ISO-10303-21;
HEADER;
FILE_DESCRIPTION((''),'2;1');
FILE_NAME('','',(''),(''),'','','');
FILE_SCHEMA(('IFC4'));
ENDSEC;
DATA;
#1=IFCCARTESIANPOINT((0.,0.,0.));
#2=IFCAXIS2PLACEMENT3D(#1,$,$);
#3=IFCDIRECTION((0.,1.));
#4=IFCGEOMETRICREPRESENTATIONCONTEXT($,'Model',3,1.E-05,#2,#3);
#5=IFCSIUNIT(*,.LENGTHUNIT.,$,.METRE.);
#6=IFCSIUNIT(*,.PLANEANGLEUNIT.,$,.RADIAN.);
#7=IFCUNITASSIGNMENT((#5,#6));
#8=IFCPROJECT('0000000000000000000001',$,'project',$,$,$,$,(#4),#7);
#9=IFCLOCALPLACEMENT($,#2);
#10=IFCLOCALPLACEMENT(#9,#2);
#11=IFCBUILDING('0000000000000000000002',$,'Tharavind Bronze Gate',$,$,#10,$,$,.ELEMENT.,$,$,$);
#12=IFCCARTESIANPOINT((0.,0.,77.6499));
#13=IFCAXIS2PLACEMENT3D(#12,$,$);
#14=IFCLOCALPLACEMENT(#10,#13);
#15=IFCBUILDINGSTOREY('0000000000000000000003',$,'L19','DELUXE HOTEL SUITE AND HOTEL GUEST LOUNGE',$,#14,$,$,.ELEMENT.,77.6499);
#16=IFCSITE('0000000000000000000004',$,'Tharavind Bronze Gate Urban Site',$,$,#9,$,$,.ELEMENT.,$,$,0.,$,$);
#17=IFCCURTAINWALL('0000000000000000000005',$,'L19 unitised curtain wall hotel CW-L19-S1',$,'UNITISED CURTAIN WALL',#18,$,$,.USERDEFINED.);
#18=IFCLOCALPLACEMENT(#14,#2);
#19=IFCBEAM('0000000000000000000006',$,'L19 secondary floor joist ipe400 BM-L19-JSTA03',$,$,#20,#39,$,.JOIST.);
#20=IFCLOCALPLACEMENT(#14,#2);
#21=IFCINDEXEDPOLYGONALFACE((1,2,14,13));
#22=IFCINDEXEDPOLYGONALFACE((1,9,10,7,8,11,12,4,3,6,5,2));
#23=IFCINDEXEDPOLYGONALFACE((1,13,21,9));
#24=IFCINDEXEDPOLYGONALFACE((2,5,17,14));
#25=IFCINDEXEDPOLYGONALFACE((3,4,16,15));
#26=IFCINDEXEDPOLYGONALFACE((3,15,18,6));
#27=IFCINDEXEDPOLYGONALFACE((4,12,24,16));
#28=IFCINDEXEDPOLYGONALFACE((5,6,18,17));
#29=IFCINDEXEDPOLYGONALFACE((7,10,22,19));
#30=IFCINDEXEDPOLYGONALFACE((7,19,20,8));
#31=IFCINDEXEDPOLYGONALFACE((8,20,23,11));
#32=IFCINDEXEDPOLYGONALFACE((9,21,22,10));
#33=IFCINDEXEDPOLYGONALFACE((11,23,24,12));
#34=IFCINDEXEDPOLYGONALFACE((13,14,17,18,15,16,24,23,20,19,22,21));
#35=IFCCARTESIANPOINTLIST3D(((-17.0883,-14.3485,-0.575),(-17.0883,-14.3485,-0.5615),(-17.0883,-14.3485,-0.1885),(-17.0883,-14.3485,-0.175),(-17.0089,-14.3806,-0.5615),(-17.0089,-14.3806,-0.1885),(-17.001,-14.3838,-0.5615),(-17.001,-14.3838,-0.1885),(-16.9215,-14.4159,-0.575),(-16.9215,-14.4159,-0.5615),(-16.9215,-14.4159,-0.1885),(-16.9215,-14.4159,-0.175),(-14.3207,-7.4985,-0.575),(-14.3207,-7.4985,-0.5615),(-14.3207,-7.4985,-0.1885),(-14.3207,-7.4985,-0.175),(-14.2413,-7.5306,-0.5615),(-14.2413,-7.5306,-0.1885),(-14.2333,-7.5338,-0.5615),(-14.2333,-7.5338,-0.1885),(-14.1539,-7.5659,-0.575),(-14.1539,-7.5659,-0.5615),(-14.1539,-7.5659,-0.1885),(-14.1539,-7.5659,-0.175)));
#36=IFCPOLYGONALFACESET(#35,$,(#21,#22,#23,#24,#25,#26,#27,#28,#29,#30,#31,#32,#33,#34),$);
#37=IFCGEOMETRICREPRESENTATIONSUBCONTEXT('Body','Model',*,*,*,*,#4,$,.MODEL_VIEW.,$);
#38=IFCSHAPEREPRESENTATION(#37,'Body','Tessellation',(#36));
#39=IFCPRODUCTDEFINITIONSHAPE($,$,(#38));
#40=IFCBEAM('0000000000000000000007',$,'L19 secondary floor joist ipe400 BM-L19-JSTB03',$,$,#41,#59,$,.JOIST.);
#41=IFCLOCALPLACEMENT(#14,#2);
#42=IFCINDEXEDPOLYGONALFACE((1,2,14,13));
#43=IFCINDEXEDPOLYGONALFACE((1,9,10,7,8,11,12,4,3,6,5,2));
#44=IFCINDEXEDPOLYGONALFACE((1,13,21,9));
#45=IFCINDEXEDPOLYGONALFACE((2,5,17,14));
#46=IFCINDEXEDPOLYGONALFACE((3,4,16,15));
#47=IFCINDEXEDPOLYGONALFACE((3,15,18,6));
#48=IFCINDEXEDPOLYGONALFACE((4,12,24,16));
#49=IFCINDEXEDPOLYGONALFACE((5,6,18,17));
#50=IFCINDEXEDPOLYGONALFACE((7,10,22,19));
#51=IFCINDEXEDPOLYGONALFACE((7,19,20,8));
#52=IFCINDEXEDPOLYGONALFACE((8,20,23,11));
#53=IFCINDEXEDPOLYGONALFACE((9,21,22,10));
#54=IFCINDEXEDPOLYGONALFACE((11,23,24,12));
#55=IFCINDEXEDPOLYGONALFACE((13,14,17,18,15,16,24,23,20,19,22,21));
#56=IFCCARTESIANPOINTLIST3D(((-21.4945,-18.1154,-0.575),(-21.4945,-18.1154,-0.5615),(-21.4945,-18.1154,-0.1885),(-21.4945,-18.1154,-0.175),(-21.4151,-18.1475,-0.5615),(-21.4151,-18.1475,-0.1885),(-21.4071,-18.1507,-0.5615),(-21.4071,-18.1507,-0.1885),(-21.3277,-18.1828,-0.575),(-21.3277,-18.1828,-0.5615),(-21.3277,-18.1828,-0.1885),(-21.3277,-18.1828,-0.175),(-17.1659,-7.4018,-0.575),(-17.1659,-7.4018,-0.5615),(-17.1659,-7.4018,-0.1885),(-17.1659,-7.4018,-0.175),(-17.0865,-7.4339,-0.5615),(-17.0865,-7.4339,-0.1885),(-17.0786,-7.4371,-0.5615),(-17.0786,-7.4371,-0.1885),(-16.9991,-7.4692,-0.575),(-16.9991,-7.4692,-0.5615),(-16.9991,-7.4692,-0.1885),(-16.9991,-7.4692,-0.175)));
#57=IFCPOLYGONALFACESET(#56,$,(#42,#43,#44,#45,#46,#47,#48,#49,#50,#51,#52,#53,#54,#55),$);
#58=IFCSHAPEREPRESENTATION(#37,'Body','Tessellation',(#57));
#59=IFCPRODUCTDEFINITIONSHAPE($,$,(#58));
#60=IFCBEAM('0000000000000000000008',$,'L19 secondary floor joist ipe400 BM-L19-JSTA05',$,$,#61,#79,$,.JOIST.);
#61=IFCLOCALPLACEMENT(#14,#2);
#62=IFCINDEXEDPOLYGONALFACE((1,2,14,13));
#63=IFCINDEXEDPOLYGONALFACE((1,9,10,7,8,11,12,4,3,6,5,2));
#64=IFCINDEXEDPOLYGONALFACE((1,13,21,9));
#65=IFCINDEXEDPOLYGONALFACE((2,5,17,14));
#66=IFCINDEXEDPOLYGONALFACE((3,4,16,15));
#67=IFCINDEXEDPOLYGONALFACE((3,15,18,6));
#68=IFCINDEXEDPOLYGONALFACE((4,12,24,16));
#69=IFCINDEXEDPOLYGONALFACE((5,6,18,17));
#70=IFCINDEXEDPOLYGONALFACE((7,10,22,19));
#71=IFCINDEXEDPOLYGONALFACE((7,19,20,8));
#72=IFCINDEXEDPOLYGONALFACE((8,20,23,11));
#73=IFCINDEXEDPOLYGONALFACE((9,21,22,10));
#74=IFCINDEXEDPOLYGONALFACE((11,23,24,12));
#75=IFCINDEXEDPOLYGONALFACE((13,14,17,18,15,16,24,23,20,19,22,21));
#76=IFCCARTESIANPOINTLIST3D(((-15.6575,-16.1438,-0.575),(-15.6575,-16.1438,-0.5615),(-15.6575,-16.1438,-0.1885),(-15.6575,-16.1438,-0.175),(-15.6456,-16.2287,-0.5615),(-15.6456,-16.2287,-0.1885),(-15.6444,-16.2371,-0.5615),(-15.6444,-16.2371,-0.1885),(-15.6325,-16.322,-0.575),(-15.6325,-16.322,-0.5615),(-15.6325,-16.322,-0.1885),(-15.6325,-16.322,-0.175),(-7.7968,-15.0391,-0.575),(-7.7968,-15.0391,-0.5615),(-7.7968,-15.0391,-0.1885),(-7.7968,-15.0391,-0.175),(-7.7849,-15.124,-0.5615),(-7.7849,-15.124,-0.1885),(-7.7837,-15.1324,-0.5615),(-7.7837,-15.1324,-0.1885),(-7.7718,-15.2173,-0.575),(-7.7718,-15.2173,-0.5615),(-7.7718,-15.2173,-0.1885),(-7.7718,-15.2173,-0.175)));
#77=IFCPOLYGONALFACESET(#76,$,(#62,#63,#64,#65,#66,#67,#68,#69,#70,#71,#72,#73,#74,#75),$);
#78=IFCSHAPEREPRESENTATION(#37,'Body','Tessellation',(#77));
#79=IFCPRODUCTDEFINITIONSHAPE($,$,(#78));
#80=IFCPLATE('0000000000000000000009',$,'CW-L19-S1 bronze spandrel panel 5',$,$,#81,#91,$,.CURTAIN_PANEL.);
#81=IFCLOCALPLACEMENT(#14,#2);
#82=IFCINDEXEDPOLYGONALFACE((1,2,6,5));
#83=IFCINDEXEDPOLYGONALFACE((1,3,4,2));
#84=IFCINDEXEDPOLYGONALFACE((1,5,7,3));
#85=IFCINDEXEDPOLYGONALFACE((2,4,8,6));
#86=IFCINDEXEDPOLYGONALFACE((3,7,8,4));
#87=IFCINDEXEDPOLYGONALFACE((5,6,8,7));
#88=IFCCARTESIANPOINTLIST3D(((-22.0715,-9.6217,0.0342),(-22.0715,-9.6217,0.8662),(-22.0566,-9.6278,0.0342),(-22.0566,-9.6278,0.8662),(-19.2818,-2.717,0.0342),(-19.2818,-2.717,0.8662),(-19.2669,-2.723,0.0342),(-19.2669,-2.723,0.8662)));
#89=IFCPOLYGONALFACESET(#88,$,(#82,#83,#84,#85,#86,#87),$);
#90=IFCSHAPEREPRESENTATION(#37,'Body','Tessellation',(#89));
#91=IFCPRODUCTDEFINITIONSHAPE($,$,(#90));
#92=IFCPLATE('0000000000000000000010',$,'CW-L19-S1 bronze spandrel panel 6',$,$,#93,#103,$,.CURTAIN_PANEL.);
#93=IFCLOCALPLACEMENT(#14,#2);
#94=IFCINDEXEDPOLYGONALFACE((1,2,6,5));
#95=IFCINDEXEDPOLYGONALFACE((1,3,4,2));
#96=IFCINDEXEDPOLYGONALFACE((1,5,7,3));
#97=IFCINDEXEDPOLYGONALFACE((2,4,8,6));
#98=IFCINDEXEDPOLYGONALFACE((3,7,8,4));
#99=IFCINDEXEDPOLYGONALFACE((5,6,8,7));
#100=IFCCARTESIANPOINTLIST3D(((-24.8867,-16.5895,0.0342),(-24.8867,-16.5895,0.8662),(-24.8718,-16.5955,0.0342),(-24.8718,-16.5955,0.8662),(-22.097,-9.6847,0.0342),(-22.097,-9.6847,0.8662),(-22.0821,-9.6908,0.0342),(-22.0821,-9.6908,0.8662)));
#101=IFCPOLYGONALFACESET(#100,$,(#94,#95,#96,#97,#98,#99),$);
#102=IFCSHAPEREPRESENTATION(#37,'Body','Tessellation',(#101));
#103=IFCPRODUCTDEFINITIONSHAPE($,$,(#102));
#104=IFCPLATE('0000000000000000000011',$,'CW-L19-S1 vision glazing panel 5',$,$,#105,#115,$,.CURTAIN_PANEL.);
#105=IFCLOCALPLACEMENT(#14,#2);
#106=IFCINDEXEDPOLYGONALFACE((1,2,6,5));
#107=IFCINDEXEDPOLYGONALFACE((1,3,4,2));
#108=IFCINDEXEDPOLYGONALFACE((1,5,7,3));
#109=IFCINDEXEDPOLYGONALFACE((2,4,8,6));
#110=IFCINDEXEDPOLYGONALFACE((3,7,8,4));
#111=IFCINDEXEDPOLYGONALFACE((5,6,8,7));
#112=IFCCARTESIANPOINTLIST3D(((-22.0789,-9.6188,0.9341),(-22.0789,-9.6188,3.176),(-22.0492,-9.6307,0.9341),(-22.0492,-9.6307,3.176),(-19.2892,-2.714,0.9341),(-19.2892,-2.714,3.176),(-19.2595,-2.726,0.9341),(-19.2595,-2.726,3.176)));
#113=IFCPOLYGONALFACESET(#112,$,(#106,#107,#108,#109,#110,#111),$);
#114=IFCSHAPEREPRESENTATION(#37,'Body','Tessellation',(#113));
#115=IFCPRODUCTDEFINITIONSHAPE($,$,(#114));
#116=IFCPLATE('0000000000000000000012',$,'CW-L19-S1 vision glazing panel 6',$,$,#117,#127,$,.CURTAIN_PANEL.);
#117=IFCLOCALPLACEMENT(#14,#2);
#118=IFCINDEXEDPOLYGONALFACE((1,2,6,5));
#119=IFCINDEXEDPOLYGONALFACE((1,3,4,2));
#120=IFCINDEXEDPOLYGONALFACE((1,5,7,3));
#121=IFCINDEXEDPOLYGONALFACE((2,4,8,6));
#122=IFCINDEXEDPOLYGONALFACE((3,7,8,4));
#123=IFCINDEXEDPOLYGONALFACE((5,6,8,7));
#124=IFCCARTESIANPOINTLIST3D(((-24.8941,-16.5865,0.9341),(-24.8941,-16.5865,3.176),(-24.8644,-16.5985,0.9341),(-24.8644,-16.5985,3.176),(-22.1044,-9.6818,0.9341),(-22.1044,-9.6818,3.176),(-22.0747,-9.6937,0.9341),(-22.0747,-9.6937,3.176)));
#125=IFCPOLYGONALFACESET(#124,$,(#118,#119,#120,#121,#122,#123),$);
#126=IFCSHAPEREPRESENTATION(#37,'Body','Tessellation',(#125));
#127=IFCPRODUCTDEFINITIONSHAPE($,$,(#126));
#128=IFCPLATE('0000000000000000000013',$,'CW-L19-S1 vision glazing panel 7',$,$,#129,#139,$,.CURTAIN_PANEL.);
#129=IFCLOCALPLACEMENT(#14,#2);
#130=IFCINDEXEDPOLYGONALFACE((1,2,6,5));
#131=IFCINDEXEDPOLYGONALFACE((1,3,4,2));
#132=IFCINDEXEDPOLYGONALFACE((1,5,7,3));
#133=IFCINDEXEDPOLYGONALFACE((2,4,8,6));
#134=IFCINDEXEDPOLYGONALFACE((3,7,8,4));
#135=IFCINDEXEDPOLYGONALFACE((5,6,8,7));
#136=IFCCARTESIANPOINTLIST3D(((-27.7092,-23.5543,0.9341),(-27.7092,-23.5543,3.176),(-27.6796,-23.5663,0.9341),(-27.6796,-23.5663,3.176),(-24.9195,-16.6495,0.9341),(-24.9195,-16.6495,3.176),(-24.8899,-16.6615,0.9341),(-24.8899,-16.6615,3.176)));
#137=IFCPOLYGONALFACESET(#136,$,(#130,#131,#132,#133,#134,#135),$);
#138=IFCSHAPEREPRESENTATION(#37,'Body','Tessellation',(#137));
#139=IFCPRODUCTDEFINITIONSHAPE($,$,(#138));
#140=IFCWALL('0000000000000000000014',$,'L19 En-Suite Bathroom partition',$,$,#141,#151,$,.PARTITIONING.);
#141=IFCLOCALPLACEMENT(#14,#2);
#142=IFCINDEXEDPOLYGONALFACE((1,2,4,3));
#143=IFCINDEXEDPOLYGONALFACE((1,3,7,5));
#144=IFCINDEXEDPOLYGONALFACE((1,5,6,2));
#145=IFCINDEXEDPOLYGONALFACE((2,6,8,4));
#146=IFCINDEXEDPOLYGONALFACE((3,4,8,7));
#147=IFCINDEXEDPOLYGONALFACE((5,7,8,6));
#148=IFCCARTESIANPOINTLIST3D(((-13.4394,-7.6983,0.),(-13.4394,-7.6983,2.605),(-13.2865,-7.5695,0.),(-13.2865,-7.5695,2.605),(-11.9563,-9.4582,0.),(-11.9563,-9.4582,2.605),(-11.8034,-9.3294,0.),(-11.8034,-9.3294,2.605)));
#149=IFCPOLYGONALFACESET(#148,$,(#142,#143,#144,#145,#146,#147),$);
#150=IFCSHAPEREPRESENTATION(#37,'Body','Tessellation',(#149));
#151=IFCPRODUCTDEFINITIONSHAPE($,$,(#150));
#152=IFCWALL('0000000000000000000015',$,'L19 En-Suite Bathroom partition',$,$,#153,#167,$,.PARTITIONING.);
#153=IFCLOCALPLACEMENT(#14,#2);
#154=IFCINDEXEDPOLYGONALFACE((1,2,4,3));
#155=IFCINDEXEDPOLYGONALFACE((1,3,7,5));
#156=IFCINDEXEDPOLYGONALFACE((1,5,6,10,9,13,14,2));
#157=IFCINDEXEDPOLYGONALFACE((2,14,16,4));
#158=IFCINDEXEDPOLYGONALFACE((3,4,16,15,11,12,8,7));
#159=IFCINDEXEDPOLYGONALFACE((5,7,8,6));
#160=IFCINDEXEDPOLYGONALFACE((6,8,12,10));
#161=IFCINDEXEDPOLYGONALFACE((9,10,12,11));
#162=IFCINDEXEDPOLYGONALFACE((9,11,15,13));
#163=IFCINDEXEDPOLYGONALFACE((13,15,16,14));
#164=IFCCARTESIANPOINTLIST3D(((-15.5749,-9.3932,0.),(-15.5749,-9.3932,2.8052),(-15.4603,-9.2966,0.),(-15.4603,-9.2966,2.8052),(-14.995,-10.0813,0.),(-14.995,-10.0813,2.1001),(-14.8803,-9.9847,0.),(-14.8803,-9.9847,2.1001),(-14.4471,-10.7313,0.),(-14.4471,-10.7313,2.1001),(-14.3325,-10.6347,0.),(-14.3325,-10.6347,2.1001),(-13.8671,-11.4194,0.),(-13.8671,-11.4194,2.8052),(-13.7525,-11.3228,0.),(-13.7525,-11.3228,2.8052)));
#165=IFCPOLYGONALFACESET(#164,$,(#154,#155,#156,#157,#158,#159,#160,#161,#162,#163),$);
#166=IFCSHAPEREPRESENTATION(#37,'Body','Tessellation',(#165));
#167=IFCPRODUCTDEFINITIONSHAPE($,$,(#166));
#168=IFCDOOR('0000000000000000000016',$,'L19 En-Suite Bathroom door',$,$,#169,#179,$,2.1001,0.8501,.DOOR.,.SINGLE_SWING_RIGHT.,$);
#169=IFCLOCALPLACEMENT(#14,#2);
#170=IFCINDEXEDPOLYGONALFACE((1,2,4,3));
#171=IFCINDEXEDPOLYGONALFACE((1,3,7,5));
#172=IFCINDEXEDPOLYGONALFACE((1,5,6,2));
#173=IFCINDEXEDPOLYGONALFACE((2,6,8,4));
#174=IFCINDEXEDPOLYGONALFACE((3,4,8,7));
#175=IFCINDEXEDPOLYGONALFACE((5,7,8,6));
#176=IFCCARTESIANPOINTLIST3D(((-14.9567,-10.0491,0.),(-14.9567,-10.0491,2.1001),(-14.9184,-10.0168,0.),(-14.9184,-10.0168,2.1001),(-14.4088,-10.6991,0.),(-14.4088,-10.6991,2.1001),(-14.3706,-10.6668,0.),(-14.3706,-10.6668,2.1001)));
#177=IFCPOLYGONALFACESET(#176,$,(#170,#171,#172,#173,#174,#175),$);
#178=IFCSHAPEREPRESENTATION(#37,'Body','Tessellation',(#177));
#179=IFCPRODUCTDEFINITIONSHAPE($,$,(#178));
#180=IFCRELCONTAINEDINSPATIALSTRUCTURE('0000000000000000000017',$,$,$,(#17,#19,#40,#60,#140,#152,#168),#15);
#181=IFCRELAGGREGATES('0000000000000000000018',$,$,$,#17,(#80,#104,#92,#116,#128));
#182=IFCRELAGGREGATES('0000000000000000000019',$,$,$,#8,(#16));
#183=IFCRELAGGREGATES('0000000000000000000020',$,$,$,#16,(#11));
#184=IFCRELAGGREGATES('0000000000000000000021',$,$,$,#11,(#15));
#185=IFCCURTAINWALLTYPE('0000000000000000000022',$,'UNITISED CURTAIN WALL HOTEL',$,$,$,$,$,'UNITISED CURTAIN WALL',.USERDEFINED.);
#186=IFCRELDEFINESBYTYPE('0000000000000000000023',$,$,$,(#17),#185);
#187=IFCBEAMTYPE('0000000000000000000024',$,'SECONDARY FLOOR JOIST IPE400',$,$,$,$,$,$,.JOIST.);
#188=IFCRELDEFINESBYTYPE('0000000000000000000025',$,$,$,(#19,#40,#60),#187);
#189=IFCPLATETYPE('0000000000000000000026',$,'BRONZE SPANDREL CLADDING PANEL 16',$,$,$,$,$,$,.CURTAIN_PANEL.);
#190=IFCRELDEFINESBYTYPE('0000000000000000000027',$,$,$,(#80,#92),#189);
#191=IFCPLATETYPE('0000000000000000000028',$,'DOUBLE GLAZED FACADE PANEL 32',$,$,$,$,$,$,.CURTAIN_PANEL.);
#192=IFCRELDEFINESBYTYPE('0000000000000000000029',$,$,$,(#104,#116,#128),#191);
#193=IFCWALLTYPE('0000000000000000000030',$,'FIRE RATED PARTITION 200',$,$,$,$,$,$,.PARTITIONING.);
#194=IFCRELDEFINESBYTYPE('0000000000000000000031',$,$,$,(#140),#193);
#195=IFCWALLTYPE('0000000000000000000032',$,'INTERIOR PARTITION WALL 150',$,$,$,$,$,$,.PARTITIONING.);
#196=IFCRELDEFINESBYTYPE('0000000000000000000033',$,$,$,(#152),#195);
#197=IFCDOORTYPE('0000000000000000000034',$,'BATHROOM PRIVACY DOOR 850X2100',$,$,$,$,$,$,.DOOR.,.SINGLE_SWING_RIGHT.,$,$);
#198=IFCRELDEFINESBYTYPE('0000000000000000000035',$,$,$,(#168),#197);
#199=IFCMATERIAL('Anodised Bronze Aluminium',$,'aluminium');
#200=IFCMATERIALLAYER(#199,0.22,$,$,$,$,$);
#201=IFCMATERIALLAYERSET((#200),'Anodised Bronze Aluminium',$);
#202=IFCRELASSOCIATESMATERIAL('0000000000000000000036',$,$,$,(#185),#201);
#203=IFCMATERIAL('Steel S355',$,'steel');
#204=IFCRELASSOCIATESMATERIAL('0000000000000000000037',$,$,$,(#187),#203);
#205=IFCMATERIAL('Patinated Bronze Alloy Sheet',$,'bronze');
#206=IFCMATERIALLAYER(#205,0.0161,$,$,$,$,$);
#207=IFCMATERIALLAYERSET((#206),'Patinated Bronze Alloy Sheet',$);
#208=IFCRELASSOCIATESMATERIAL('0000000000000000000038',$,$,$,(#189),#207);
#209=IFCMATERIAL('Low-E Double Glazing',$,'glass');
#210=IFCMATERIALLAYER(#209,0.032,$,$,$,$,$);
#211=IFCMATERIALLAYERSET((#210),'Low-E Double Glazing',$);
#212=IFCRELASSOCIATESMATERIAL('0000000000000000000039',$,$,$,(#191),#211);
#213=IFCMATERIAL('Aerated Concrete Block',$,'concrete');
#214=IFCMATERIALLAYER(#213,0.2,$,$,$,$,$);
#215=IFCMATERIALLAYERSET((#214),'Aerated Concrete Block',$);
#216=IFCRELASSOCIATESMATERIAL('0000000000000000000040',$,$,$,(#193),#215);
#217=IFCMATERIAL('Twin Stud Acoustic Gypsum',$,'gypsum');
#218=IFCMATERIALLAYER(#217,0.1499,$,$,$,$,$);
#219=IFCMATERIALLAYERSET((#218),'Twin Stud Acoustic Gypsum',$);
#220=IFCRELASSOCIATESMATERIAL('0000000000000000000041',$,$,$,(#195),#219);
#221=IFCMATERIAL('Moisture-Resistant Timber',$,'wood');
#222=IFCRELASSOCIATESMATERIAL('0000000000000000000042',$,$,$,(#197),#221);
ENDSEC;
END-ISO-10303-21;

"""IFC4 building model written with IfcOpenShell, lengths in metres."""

from ifc_helpers import new_model, si_unit, direction, frame, frame_2d, origin, origin_2d, place, context, subcontext, project, spatial, rectangle, i_section, extrude, material, layer, layer_set, material_profile, profile_set, type_object, element, fill, aggregate, save


model = new_model("IFC4")

# Units and contexts
model_context = context("Model", 3, precision=1e-05, world=origin(), true_north=direction((0.0, 1.0)))
body_context = subcontext(model_context, "Body", "Model", "MODEL_VIEW")
ifc_project = project(units=[si_unit("LENGTHUNIT", "METRE"), si_unit("PLANEANGLEUNIT", "RADIAN")], contexts=[model_context])

# Site, building, storey
site_placement = place(None, origin())
site = spatial("IfcSite", under=ifc_project, at=site_placement, Name="Tharavind Bronze Gate Urban Site", CompositionType="ELEMENT", RefElevation=0.0)
building_placement = place(site_placement, origin())
building = spatial("IfcBuilding", under=site, at=building_placement, Name="Tharavind Bronze Gate", CompositionType="ELEMENT")
storey_placement = place(building_placement, frame((0.0, 0.0, 77.6499)))
storey = spatial("IfcBuildingStorey", under=building, at=storey_placement, Name="L19", Description="DELUXE HOTEL SUITE AND HOTEL GUEST LOUNGE", CompositionType="ELEMENT", Elevation=77.6499)

# Curtain wall
ifc_material_1 = material(Name="Anodised Bronze Aluminium", Category="aluminium")
ifc_layer_1 = layer(ifc_material_1, 0.22)
ifc_layer_set_1 = layer_set([ifc_layer_1], Name="Anodised Bronze Aluminium")
curtain_wall_type = type_object("IfcCurtainWallType", Name="UNITISED CURTAIN WALL HOTEL", ElementType="UNITISED CURTAIN WALL", PredefinedType="USERDEFINED", material=ifc_layer_set_1)
curtain_wall_placement = place(storey_placement, origin())
curtain_wall = element("IfcCurtainWall", 1, at=curtain_wall_placement, inside=storey, type_object=curtain_wall_type, Name="L19 unitised curtain wall hotel CW-L19-S1", ObjectType="UNITISED CURTAIN WALL", PredefinedType="USERDEFINED")

# Beams
ifc_material_2 = material(Name="Steel S355", Category="steel")
ifc_material_profile_1 = material_profile(ifc_material_2, i_section(OverallWidth=0.1799, OverallDepth=0.3999, WebThickness=0.0085, FlangeThickness=0.0134, at=origin_2d()), Name="IPE400")
ifc_profile_set_1 = profile_set([ifc_material_profile_1], Name="Steel S355")
beam_type_1 = type_object("IfcBeamType", Name="SECONDARY FLOOR JOIST IPE400", PredefinedType="JOIST", material=ifc_profile_set_1)
beam_1_placement = place(storey_placement, frame((-14.2373, -7.5322, -0.375), z_axis=(-0.374613, -0.927181, 0.0), x_axis=(0.927181, -0.374613, 0.0)))
element("IfcBeam", 2, at=beam_1_placement, inside=storey, type_object=beam_type_1, Name="L19 secondary floor joist ipe400 BM-L19-JSTA03", PredefinedType="JOIST", context=body_context, shape_type="SweptSolid", body=[
    extrude(i_section(OverallWidth=0.1799, OverallDepth=0.3999, WebThickness=0.0085, FlangeThickness=0.0134, at=origin_2d()), origin(), (0.0, 0.0, 1.0), 7.3879),
])
beam_2_placement = place(storey_placement, frame((-17.0825, -7.4355, -0.375), z_axis=(-0.374609, -0.927183, 0.0), x_axis=(0.927183, -0.374609, 0.0)))
element("IfcBeam", 3, at=beam_2_placement, inside=storey, type_object=beam_type_1, Name="L19 secondary floor joist ipe400 BM-L19-JSTB03", PredefinedType="JOIST", context=body_context, shape_type="SweptSolid", body=[
    extrude(i_section(OverallWidth=0.1799, OverallDepth=0.3999, WebThickness=0.0085, FlangeThickness=0.0134, at=origin_2d()), origin(), (0.0, 0.0, 1.0), 11.5549),
])
beam_3_placement = place(storey_placement, frame((-15.645, -16.2329, -0.375), z_axis=(0.990269, 0.139169, 0.0), x_axis=(-0.139169, 0.990269, 0.0)))
element("IfcBeam", 4, at=beam_3_placement, inside=storey, type_object=beam_type_1, Name="L19 secondary floor joist ipe400 BM-L19-JSTA05", PredefinedType="JOIST", context=body_context, shape_type="SweptSolid", body=[
    extrude(i_section(OverallWidth=0.1799, OverallDepth=0.3999, WebThickness=0.0085, FlangeThickness=0.0134, at=origin_2d()), origin(), (0.0, 0.0, 1.0), 7.938),
])

# Plates
ifc_material_3 = material(Name="Patinated Bronze Alloy Sheet", Category="bronze")
ifc_layer_2 = layer(ifc_material_3, 0.0161)
ifc_layer_set_2 = layer_set([ifc_layer_2], Name="Patinated Bronze Alloy Sheet")
plate_type_1 = type_object("IfcPlateType", Name="BRONZE SPANDREL CLADDING PANEL 16", PredefinedType="CURTAIN_PANEL", material=ifc_layer_set_2)
plate_1_placement = place(storey_placement, frame((-20.6692, -6.1724, 0.0342), z_axis=(0.0, 0.0, 1.0), x_axis=(-0.374607, -0.927184, 0.0)))
plate_1 = element("IfcPlate", 5, at=plate_1_placement, type_object=plate_type_1, Name="CW-L19-S1 bronze spandrel panel 5", PredefinedType="CURTAIN_PANEL", context=body_context, shape_type="SweptSolid", body=[
    extrude(rectangle(XDim=7.447, YDim=0.0161, at=origin_2d()), origin(), (0.0, 0.0, 1.0), 0.832),
])
plate_2_placement = place(storey_placement, frame((-23.4844, -13.1401, 0.0342), z_axis=(0.0, 0.0, 1.0), x_axis=(-0.374607, -0.927184, 0.0)))
plate_2 = element("IfcPlate", 6, at=plate_2_placement, type_object=plate_type_1, Name="CW-L19-S1 bronze spandrel panel 6", PredefinedType="CURTAIN_PANEL", context=body_context, shape_type="SweptSolid", body=[
    extrude(rectangle(XDim=7.447, YDim=0.0161, at=origin_2d()), origin(), (0.0, 0.0, 1.0), 0.832),
])
ifc_material_4 = material(Name="Low-E Double Glazing", Category="glass")
ifc_layer_3 = layer(ifc_material_4, 0.032)
ifc_layer_set_3 = layer_set([ifc_layer_3], Name="Low-E Double Glazing")
plate_type_2 = type_object("IfcPlateType", Name="DOUBLE GLAZED FACADE PANEL 32", PredefinedType="CURTAIN_PANEL", material=ifc_layer_set_3)
plate_3_placement = place(storey_placement, frame((-20.6692, -6.1724, 0.9341), z_axis=(0.0, 0.0, 1.0), x_axis=(-0.374607, -0.927184, 0.0)))
plate_3 = element("IfcPlate", 7, at=plate_3_placement, type_object=plate_type_2, Name="CW-L19-S1 vision glazing panel 5", PredefinedType="CURTAIN_PANEL", context=body_context, shape_type="SweptSolid", body=[
    extrude(rectangle(XDim=7.447, YDim=0.032, at=origin_2d()), origin(), (0.0, 0.0, 1.0), 2.2419),
])
plate_4_placement = place(storey_placement, frame((-23.4844, -13.1401, 0.9341), z_axis=(0.0, 0.0, 1.0), x_axis=(-0.374607, -0.927184, 0.0)))
plate_4 = element("IfcPlate", 8, at=plate_4_placement, type_object=plate_type_2, Name="CW-L19-S1 vision glazing panel 6", PredefinedType="CURTAIN_PANEL", context=body_context, shape_type="SweptSolid", body=[
    extrude(rectangle(XDim=7.447, YDim=0.032, at=origin_2d()), origin(), (0.0, 0.0, 1.0), 2.2419),
])
plate_5_placement = place(storey_placement, frame((-26.2996, -20.1079, 0.9341), z_axis=(0.0, 0.0, 1.0), x_axis=(-0.374607, -0.927184, 0.0)))
plate_5 = element("IfcPlate", 9, at=plate_5_placement, type_object=plate_type_2, Name="CW-L19-S1 vision glazing panel 7", PredefinedType="CURTAIN_PANEL", context=body_context, shape_type="SweptSolid", body=[
    extrude(rectangle(XDim=7.447, YDim=0.032, at=origin_2d()), origin(), (0.0, 0.0, 1.0), 2.2419),
])
aggregate(curtain_wall, [plate_1, plate_3, plate_2, plate_4, plate_5])

# Wall
ifc_material_5 = material(Name="Aerated Concrete Block", Category="concrete")
ifc_layer_4 = layer(ifc_material_5, 0.2)
ifc_layer_set_4 = layer_set([ifc_layer_4], Name="Aerated Concrete Block")
wall_type_1 = type_object("IfcWallType", Name="FIRE RATED PARTITION 200", PredefinedType="PARTITIONING", material=ifc_layer_set_4)
wall_1_placement = place(storey_placement, frame((-13.363, -7.6338, 0.0), z_axis=(0.0, 0.0, 1.0), x_axis=(0.6444, -0.764688, 0.0)))
element("IfcWall", 10, at=wall_1_placement, inside=storey, type_object=wall_type_1, Name="L19 En-Suite Bathroom partition", PredefinedType="PARTITIONING", context=body_context, shape_type="SweptSolid", body=[
    extrude(rectangle(XDim=2.3015, YDim=0.2, at=frame_2d((1.1509, 0.0))), origin(), (0.0, 0.0, 1.0), 2.605),
])

# Wall, opening, door
ifc_material_6 = material(Name="Twin Stud Acoustic Gypsum", Category="gypsum")
ifc_layer_5 = layer(ifc_material_6, 0.1499)
ifc_layer_set_5 = layer_set([ifc_layer_5], Name="Twin Stud Acoustic Gypsum")
wall_type_2 = type_object("IfcWallType", Name="INTERIOR PARTITION WALL 150", PredefinedType="PARTITIONING", material=ifc_layer_set_5)
wall_2_placement = place(storey_placement, frame((-13.8098, -11.3711, 0.0), z_axis=(0.0, 0.0, 1.0), x_axis=(-0.644479, 0.764622, 0.0)))
wall_2 = element("IfcWall", 11, at=wall_2_placement, inside=storey, type_object=wall_type_2, Name="L19 En-Suite Bathroom partition", PredefinedType="PARTITIONING", context=body_context, shape_type="SweptSolid", body=[
    extrude(rectangle(XDim=2.6499, YDim=0.1499, at=frame_2d((1.325, 0.0))), origin(), (0.0, 0.0, 1.0), 2.8052),
])
opening_placement = place(wall_2_placement, frame((0.8999, 0.0, 0.0)))
opening = element("IfcOpeningElement", 12, at=opening_placement, cuts=wall_2, PredefinedType="OPENING", context=body_context, shape_type="SweptSolid", body=[
    extrude(rectangle(XDim=0.8501, YDim=2.1001, at=frame_2d((0.425, 1.05))), frame((0.0, 0.085, 0.0), z_axis=(0.0, -1.0, 0.0), x_axis=(1.0, 0.0, 0.0)), (0.0, 0.0, 1.0), 0.1699),
])
ifc_material_7 = material(Name="Moisture-Resistant Timber", Category="wood")
door_type = type_object("IfcDoorType", Name="BATHROOM PRIVACY DOOR 850X2100", OperationType="SINGLE_SWING_RIGHT", PredefinedType="DOOR", material=ifc_material_7)
door_placement = place(opening_placement, origin())
door = element("IfcDoor", 13, at=door_placement, inside=storey, type_object=door_type, Name="L19 En-Suite Bathroom door", OperationType="SINGLE_SWING_RIGHT", OverallHeight=2.1001, OverallWidth=0.8501, PredefinedType="DOOR", context=body_context, shape_type="SweptSolid", body=[
    extrude(rectangle(XDim=0.8501, YDim=2.1001, at=frame_2d((0.425, 1.05))), frame((0.0, 0.0249, 0.0), z_axis=(0.0, -1.0, 0.0), x_axis=(1.0, 0.0, 0.0)), (0.0, 0.0, 1.0), 0.05),
])
fill(opening, door)

save(model, "model.ifc")
